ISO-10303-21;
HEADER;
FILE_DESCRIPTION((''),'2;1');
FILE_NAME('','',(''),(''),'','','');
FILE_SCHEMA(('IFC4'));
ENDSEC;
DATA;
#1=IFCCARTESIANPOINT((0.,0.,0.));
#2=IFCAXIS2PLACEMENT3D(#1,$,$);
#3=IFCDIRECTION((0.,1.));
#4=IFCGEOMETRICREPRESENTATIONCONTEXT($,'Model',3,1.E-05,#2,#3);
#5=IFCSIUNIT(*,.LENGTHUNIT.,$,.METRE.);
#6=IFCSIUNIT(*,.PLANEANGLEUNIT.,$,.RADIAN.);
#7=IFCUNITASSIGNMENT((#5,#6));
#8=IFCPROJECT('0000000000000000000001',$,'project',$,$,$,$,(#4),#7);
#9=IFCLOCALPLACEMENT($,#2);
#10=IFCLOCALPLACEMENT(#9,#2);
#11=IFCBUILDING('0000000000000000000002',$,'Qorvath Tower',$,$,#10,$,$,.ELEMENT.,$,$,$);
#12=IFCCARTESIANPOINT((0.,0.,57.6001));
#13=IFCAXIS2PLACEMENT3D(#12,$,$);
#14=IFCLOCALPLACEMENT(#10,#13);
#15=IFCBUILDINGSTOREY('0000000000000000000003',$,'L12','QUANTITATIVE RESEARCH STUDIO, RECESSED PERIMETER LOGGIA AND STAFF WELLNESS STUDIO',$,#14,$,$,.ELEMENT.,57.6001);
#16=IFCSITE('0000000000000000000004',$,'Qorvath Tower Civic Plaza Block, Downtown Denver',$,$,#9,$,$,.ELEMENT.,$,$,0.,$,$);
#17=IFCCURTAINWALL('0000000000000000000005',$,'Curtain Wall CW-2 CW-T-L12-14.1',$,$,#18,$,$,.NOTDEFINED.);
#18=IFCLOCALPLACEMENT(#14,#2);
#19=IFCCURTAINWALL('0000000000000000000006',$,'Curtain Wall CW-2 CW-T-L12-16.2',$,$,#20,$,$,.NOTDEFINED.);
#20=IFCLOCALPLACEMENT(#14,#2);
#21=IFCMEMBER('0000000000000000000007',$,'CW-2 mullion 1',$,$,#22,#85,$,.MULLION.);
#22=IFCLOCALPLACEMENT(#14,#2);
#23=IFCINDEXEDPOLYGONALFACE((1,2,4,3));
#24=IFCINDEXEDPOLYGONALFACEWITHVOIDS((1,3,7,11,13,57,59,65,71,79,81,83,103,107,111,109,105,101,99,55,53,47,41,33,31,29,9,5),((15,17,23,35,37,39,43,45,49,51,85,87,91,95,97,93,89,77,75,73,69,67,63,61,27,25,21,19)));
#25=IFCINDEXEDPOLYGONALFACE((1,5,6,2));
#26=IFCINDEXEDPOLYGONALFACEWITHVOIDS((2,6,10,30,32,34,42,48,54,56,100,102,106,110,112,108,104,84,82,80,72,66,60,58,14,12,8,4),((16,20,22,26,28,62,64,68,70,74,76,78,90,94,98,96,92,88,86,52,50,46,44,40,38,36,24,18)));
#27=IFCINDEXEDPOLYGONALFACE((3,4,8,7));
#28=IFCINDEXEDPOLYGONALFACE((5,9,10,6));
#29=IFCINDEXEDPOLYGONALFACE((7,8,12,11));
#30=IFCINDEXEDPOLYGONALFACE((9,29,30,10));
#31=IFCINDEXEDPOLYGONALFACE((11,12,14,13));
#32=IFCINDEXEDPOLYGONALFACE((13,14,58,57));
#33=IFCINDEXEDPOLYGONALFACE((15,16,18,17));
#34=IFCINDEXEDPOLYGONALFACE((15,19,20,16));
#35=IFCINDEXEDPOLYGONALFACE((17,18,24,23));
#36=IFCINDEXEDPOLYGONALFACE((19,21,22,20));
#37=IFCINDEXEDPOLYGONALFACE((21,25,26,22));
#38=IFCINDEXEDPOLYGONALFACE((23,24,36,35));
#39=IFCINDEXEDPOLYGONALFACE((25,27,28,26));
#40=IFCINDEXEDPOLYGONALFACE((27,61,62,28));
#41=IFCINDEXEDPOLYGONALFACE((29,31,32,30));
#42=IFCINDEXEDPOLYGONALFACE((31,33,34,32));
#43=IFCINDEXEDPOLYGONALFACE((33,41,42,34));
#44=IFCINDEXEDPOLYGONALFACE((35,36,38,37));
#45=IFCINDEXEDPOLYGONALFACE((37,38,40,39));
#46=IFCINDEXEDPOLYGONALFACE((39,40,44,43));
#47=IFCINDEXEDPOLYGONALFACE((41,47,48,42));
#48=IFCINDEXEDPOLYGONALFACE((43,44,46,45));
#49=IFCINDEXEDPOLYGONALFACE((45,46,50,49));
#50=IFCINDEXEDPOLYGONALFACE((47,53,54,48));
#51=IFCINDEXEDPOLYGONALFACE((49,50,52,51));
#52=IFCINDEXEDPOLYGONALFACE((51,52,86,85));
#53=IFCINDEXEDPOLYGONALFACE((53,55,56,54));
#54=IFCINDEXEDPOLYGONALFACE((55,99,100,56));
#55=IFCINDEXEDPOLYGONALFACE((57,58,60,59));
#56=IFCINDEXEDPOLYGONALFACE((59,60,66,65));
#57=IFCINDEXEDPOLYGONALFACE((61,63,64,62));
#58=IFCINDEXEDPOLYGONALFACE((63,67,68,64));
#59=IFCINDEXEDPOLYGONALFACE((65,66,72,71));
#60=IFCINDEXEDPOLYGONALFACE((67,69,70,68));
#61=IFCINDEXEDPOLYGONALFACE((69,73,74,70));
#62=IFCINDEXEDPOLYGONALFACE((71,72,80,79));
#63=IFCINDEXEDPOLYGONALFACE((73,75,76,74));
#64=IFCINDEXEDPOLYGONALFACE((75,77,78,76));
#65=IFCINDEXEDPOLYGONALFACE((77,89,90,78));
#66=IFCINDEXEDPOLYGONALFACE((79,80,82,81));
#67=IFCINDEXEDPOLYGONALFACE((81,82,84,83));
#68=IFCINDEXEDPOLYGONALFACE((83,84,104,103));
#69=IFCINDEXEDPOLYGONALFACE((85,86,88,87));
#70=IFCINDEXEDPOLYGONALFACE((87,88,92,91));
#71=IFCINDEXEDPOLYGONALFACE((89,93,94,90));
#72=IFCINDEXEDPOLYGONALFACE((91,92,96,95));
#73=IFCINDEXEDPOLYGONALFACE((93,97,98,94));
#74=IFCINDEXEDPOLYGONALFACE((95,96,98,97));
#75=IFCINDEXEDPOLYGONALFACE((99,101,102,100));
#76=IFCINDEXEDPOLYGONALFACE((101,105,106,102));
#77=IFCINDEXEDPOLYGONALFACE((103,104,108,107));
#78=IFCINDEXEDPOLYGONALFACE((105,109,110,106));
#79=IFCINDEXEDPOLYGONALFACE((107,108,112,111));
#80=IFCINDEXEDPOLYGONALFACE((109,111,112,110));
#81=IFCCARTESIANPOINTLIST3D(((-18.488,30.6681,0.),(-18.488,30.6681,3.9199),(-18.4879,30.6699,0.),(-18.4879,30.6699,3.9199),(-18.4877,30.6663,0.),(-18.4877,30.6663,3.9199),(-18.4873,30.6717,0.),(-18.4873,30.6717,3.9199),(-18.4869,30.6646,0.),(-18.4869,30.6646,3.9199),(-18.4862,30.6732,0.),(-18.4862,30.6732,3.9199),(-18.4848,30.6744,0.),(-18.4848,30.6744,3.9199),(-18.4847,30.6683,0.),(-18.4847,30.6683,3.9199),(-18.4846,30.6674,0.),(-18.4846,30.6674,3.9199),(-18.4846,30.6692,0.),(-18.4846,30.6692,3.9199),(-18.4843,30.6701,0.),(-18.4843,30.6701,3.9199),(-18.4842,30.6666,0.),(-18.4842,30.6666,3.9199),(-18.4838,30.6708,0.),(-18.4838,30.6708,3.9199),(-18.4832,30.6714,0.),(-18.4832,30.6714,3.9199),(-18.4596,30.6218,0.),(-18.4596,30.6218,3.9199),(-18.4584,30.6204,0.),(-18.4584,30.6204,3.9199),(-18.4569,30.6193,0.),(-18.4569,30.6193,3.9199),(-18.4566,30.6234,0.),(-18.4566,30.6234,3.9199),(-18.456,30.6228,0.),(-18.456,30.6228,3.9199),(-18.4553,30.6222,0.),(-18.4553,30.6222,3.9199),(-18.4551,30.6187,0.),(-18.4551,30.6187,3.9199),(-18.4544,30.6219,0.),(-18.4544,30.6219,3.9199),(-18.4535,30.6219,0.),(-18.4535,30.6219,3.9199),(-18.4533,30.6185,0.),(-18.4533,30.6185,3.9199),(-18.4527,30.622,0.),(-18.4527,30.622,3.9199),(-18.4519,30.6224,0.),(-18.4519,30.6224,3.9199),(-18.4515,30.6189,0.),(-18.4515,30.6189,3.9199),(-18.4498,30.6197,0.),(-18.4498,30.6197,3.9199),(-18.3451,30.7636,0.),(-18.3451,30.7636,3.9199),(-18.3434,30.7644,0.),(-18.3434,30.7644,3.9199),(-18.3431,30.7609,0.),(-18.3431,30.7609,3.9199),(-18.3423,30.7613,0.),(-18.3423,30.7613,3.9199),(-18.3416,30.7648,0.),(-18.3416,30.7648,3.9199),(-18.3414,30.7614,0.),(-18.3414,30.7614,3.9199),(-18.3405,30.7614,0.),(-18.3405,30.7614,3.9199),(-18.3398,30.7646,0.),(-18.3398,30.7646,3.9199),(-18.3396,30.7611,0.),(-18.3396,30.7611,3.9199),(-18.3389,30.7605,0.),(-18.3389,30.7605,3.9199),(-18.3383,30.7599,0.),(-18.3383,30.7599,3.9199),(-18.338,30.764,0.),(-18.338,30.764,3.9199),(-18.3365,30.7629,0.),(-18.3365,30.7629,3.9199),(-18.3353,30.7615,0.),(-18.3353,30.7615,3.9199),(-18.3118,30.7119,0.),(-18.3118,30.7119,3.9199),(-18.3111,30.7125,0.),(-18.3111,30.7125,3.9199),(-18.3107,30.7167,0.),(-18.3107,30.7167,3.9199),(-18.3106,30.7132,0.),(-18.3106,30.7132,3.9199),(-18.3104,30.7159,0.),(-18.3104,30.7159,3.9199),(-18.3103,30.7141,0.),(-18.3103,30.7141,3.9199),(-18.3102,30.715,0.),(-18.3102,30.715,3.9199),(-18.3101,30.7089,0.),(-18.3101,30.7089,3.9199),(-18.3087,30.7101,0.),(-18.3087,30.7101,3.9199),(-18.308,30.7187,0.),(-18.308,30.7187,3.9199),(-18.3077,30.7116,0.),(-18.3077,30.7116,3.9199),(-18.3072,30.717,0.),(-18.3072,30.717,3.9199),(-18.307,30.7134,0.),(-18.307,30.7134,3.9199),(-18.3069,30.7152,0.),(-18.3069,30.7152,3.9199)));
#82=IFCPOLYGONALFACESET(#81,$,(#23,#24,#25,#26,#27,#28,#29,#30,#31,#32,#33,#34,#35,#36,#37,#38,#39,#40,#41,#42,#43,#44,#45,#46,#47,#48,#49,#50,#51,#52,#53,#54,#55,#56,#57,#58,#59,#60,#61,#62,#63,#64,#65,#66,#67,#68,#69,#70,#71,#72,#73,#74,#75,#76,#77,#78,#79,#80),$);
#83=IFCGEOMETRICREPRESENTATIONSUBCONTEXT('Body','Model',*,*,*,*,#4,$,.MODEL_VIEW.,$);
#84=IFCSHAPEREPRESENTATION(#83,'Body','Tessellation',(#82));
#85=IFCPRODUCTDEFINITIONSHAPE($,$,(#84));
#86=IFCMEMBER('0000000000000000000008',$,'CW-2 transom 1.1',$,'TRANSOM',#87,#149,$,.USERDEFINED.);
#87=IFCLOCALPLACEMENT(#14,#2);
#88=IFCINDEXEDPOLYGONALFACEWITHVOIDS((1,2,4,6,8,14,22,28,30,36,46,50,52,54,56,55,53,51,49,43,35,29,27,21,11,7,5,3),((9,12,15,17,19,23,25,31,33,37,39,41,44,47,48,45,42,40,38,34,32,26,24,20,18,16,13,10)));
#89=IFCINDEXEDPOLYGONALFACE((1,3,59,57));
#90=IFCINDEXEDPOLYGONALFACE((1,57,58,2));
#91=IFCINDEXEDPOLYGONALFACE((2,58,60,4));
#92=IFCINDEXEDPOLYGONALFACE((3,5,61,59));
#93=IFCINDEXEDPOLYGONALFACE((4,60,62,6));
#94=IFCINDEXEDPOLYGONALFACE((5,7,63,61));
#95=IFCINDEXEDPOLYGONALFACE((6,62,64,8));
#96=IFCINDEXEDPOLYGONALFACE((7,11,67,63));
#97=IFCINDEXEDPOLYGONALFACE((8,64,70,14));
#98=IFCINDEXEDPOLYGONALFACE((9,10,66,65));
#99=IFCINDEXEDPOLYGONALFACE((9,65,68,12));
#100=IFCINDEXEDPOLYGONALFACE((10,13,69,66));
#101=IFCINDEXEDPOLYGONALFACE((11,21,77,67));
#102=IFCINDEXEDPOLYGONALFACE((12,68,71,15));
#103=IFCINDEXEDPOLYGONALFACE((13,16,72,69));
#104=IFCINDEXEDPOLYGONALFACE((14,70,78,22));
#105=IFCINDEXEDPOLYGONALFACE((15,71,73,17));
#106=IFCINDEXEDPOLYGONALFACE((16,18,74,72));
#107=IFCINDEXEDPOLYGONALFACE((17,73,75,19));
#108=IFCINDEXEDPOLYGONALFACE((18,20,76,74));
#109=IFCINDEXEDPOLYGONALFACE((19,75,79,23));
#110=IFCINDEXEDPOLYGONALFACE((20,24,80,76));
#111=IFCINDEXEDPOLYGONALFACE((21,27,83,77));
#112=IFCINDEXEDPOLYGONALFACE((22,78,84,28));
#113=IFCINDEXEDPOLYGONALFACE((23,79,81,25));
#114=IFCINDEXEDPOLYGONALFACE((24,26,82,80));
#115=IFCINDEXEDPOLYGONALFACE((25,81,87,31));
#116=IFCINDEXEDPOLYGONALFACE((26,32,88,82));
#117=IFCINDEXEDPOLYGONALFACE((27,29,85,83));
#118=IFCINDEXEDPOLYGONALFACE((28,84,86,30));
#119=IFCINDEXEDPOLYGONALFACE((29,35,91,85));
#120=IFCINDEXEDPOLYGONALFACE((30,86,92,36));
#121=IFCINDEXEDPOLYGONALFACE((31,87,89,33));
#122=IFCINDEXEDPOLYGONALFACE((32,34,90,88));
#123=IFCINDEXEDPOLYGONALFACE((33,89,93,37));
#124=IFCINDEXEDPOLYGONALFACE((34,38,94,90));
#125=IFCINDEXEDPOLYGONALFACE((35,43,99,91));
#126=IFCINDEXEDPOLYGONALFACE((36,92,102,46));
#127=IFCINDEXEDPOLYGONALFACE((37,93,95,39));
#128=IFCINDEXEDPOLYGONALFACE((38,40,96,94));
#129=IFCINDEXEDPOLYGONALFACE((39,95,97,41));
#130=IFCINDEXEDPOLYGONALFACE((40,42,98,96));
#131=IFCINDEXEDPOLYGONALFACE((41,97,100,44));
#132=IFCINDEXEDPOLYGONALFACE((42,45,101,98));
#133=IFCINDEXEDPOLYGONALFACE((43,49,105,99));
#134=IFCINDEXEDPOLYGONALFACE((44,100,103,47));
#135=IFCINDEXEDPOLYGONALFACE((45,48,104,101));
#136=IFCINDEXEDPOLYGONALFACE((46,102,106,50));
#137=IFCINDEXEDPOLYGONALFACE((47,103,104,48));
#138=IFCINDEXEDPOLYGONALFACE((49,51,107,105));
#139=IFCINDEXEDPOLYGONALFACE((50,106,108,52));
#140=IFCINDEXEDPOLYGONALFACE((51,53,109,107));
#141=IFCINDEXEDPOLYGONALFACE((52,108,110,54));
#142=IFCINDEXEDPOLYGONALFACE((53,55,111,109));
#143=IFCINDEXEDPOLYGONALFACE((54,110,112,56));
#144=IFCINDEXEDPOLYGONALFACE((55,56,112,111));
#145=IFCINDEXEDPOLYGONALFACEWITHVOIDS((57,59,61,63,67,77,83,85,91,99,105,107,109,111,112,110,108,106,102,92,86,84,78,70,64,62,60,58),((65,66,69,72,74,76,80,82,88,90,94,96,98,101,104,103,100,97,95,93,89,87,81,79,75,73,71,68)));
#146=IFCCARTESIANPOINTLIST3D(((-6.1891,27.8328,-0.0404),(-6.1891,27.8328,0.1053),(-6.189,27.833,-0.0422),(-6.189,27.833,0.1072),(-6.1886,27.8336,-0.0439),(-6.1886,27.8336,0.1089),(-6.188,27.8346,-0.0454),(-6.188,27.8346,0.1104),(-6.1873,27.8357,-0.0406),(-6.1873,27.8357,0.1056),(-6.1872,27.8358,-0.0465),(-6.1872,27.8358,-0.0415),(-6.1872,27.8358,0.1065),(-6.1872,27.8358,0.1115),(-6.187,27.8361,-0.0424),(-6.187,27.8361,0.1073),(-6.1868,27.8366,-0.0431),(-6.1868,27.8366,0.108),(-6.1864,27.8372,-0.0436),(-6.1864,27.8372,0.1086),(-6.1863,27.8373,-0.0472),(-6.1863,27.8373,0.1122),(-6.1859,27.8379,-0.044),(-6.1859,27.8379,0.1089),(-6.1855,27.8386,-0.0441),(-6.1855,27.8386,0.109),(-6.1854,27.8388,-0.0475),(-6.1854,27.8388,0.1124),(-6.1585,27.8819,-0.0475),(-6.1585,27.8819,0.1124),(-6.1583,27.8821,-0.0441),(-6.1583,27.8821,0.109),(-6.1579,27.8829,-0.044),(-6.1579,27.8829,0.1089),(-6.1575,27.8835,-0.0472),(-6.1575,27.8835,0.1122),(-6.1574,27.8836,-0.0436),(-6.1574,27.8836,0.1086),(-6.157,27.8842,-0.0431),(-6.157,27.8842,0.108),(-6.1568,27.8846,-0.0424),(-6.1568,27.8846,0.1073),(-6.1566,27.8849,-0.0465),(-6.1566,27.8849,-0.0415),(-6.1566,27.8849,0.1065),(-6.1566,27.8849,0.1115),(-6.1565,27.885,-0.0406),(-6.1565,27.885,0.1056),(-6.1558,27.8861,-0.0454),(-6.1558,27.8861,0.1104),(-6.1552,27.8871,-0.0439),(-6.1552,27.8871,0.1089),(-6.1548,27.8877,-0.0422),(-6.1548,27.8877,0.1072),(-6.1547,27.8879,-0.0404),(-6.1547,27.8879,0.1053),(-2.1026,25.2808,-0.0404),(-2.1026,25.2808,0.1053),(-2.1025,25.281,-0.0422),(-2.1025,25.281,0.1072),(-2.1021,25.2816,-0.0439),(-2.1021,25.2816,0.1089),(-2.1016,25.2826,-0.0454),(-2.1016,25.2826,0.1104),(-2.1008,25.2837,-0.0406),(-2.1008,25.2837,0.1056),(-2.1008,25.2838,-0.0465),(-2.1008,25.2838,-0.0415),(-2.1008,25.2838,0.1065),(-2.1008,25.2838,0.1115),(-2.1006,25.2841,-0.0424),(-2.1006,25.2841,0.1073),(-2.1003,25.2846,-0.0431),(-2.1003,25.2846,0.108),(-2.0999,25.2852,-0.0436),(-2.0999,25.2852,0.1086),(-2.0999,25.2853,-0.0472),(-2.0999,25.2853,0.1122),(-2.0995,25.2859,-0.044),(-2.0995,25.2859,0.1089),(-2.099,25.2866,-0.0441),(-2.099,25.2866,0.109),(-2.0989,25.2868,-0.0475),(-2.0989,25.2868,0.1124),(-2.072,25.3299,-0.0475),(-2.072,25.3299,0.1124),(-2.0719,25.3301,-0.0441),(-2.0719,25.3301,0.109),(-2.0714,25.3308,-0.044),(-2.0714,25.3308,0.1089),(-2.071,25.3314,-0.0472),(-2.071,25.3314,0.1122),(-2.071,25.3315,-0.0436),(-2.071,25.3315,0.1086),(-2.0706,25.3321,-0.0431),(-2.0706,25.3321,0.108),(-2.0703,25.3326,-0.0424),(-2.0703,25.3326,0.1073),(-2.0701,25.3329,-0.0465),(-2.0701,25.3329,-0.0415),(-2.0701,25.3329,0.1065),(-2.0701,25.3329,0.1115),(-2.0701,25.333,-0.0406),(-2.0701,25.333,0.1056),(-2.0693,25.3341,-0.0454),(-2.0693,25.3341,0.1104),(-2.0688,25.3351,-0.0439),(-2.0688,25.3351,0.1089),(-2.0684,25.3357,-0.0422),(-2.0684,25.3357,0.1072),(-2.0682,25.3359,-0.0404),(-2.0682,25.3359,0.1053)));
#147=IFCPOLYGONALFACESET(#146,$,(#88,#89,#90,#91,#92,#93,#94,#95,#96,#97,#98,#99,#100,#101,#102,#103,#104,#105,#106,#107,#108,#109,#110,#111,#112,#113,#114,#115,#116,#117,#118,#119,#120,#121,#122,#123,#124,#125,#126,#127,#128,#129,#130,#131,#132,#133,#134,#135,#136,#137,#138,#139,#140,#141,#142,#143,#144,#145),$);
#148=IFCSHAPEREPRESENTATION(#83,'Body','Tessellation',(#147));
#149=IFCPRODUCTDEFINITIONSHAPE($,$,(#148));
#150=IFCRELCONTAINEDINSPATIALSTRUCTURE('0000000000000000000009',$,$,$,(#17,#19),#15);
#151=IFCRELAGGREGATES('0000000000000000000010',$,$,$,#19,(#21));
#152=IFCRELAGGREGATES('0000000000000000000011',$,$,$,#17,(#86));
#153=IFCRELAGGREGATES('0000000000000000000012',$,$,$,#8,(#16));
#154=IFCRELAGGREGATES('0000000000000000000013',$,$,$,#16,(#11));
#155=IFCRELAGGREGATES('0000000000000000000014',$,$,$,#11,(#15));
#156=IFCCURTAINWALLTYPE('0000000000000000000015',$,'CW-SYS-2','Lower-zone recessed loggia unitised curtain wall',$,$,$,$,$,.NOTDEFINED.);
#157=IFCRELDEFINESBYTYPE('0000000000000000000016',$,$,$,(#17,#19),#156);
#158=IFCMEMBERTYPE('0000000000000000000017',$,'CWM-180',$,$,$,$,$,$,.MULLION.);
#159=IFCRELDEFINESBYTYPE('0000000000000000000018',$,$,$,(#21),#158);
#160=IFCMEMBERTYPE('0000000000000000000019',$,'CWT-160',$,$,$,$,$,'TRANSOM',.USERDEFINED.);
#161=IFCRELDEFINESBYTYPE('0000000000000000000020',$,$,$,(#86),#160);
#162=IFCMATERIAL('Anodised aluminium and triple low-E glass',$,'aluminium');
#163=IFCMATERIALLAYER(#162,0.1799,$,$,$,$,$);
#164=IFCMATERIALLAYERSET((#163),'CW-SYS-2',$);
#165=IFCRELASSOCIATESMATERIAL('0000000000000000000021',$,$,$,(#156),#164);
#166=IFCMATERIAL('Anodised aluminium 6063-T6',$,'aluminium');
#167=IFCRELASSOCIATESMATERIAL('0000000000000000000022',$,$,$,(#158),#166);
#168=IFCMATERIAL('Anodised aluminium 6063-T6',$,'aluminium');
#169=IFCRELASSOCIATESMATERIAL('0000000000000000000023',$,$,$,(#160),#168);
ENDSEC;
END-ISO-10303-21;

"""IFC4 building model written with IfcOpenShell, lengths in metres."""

from ifc_helpers import new_model, si_unit, direction, frame, origin, origin_2d, place, context, subcontext, project, spatial, hollow_rectangle, extrude, material, layer, layer_set, material_profile, profile_set, type_object, element, aggregate, save


model = new_model("IFC4")

# Units and contexts
model_context = context("Model", 3, precision=1e-05, world=origin(), true_north=direction((0.0, 1.0)))
body_context = subcontext(model_context, "Body", "Model", "MODEL_VIEW")
ifc_project = project(units=[si_unit("LENGTHUNIT", "METRE"), si_unit("PLANEANGLEUNIT", "RADIAN")], contexts=[model_context])

# Site, building, storey
site_placement = place(None, origin())
site = spatial("IfcSite", under=ifc_project, at=site_placement, Name="Qorvath Tower Civic Plaza Block, Downtown Denver", CompositionType="ELEMENT", RefElevation=0.0)
building_placement = place(site_placement, origin())
building = spatial("IfcBuilding", under=site, at=building_placement, Name="Qorvath Tower", CompositionType="ELEMENT")
storey_placement = place(building_placement, frame((0.0, 0.0, 57.6001)))
storey = spatial("IfcBuildingStorey", under=building, at=storey_placement, Name="L12", Description="QUANTITATIVE RESEARCH STUDIO, RECESSED PERIMETER LOGGIA AND STAFF WELLNESS STUDIO", CompositionType="ELEMENT", Elevation=57.6001)

# Shared definitions
ifc_material_1 = material(Name="Anodised aluminium and triple low-E glass", Category="aluminium")
ifc_layer_1 = layer(ifc_material_1, 0.1799)
ifc_layer_set_1 = layer_set([ifc_layer_1], Name="CW-SYS-2")
curtain_wall_type = type_object("IfcCurtainWallType", Name="CW-SYS-2", Description="Lower-zone recessed loggia unitised curtain wall", PredefinedType="NOTDEFINED", material=ifc_layer_set_1)
ifc_material_2 = material(Name="Anodised aluminium 6063-T6", Category="aluminium")
ifc_material_profile_1 = material_profile(ifc_material_2, hollow_rectangle(XDim=0.0649, YDim=0.1799, WallThickness=0.0034, InnerFilletRadius=0.0034, OuterFilletRadius=0.0071, at=origin_2d()), Name="CWM 180x65")
ifc_profile_set_1 = profile_set([ifc_material_profile_1], Name="Anodised aluminium 6063-T6")
member_type_1 = type_object("IfcMemberType", Name="CWM-180", PredefinedType="MULLION", material=ifc_profile_set_1)

# Curtain wall
curtain_wall_1_placement = place(storey_placement, origin())
curtain_wall_1 = element("IfcCurtainWall", 1, at=curtain_wall_1_placement, inside=storey, type_object=curtain_wall_type, Name="Curtain Wall CW-2 CW-T-L12-14.1", PredefinedType="NOTDEFINED")

# Curtain wall, member
curtain_wall_2_placement = place(storey_placement, origin())
curtain_wall_2 = element("IfcCurtainWall", 2, at=curtain_wall_2_placement, inside=storey, type_object=curtain_wall_type, Name="Curtain Wall CW-2 CW-T-L12-16.2", PredefinedType="NOTDEFINED")
member_1_placement = place(storey_placement, frame((-18.3975, 30.6917, 0.0), z_axis=(0.0, 0.0, 1.0), x_axis=(0.538539, -0.8426, 0.0)))
member_1 = element("IfcMember", 3, at=member_1_placement, type_object=member_type_1, Name="CW-2 mullion 1", PredefinedType="MULLION", context=body_context, shape_type="SweptSolid", body=[
    extrude(hollow_rectangle(XDim=0.0649, YDim=0.1799, WallThickness=0.0034, InnerFilletRadius=0.0034, OuterFilletRadius=0.0071, at=origin_2d()), origin(), (0.0, 0.0, 1.0), 3.9199),
])

# Member
ifc_material_3 = material(Name="Anodised aluminium 6063-T6", Category="aluminium")
ifc_material_profile_2 = material_profile(ifc_material_3, hollow_rectangle(XDim=0.0649, YDim=0.1599, WallThickness=0.0034, InnerFilletRadius=0.0034, OuterFilletRadius=0.0071, at=origin_2d()), Name="CWT 160x65")
ifc_profile_set_2 = profile_set([ifc_material_profile_2], Name="Anodised aluminium 6063-T6")
member_type_2 = type_object("IfcMemberType", Name="CWT-160", ElementType="TRANSOM", PredefinedType="USERDEFINED", material=ifc_profile_set_2)
member_2_placement = place(storey_placement, frame((-2.0854, 25.3083, 0.0325), z_axis=(-0.848186, 0.529698, 0.0), x_axis=(-0.529698, -0.848186, 0.0)))
member_2 = element("IfcMember", 4, at=member_2_placement, type_object=member_type_2, Name="CW-2 transom 1.1", ObjectType="TRANSOM", PredefinedType="USERDEFINED", context=body_context, shape_type="SweptSolid", body=[
    extrude(hollow_rectangle(XDim=0.0649, YDim=0.1599, WallThickness=0.0034, InnerFilletRadius=0.0034, OuterFilletRadius=0.0071, at=origin_2d()), origin(), (0.0, 0.0, 1.0), 4.8179),
])
aggregate(curtain_wall_2, [member_1])

aggregate(curtain_wall_1, [member_2])

save(model, "model.ifc")
